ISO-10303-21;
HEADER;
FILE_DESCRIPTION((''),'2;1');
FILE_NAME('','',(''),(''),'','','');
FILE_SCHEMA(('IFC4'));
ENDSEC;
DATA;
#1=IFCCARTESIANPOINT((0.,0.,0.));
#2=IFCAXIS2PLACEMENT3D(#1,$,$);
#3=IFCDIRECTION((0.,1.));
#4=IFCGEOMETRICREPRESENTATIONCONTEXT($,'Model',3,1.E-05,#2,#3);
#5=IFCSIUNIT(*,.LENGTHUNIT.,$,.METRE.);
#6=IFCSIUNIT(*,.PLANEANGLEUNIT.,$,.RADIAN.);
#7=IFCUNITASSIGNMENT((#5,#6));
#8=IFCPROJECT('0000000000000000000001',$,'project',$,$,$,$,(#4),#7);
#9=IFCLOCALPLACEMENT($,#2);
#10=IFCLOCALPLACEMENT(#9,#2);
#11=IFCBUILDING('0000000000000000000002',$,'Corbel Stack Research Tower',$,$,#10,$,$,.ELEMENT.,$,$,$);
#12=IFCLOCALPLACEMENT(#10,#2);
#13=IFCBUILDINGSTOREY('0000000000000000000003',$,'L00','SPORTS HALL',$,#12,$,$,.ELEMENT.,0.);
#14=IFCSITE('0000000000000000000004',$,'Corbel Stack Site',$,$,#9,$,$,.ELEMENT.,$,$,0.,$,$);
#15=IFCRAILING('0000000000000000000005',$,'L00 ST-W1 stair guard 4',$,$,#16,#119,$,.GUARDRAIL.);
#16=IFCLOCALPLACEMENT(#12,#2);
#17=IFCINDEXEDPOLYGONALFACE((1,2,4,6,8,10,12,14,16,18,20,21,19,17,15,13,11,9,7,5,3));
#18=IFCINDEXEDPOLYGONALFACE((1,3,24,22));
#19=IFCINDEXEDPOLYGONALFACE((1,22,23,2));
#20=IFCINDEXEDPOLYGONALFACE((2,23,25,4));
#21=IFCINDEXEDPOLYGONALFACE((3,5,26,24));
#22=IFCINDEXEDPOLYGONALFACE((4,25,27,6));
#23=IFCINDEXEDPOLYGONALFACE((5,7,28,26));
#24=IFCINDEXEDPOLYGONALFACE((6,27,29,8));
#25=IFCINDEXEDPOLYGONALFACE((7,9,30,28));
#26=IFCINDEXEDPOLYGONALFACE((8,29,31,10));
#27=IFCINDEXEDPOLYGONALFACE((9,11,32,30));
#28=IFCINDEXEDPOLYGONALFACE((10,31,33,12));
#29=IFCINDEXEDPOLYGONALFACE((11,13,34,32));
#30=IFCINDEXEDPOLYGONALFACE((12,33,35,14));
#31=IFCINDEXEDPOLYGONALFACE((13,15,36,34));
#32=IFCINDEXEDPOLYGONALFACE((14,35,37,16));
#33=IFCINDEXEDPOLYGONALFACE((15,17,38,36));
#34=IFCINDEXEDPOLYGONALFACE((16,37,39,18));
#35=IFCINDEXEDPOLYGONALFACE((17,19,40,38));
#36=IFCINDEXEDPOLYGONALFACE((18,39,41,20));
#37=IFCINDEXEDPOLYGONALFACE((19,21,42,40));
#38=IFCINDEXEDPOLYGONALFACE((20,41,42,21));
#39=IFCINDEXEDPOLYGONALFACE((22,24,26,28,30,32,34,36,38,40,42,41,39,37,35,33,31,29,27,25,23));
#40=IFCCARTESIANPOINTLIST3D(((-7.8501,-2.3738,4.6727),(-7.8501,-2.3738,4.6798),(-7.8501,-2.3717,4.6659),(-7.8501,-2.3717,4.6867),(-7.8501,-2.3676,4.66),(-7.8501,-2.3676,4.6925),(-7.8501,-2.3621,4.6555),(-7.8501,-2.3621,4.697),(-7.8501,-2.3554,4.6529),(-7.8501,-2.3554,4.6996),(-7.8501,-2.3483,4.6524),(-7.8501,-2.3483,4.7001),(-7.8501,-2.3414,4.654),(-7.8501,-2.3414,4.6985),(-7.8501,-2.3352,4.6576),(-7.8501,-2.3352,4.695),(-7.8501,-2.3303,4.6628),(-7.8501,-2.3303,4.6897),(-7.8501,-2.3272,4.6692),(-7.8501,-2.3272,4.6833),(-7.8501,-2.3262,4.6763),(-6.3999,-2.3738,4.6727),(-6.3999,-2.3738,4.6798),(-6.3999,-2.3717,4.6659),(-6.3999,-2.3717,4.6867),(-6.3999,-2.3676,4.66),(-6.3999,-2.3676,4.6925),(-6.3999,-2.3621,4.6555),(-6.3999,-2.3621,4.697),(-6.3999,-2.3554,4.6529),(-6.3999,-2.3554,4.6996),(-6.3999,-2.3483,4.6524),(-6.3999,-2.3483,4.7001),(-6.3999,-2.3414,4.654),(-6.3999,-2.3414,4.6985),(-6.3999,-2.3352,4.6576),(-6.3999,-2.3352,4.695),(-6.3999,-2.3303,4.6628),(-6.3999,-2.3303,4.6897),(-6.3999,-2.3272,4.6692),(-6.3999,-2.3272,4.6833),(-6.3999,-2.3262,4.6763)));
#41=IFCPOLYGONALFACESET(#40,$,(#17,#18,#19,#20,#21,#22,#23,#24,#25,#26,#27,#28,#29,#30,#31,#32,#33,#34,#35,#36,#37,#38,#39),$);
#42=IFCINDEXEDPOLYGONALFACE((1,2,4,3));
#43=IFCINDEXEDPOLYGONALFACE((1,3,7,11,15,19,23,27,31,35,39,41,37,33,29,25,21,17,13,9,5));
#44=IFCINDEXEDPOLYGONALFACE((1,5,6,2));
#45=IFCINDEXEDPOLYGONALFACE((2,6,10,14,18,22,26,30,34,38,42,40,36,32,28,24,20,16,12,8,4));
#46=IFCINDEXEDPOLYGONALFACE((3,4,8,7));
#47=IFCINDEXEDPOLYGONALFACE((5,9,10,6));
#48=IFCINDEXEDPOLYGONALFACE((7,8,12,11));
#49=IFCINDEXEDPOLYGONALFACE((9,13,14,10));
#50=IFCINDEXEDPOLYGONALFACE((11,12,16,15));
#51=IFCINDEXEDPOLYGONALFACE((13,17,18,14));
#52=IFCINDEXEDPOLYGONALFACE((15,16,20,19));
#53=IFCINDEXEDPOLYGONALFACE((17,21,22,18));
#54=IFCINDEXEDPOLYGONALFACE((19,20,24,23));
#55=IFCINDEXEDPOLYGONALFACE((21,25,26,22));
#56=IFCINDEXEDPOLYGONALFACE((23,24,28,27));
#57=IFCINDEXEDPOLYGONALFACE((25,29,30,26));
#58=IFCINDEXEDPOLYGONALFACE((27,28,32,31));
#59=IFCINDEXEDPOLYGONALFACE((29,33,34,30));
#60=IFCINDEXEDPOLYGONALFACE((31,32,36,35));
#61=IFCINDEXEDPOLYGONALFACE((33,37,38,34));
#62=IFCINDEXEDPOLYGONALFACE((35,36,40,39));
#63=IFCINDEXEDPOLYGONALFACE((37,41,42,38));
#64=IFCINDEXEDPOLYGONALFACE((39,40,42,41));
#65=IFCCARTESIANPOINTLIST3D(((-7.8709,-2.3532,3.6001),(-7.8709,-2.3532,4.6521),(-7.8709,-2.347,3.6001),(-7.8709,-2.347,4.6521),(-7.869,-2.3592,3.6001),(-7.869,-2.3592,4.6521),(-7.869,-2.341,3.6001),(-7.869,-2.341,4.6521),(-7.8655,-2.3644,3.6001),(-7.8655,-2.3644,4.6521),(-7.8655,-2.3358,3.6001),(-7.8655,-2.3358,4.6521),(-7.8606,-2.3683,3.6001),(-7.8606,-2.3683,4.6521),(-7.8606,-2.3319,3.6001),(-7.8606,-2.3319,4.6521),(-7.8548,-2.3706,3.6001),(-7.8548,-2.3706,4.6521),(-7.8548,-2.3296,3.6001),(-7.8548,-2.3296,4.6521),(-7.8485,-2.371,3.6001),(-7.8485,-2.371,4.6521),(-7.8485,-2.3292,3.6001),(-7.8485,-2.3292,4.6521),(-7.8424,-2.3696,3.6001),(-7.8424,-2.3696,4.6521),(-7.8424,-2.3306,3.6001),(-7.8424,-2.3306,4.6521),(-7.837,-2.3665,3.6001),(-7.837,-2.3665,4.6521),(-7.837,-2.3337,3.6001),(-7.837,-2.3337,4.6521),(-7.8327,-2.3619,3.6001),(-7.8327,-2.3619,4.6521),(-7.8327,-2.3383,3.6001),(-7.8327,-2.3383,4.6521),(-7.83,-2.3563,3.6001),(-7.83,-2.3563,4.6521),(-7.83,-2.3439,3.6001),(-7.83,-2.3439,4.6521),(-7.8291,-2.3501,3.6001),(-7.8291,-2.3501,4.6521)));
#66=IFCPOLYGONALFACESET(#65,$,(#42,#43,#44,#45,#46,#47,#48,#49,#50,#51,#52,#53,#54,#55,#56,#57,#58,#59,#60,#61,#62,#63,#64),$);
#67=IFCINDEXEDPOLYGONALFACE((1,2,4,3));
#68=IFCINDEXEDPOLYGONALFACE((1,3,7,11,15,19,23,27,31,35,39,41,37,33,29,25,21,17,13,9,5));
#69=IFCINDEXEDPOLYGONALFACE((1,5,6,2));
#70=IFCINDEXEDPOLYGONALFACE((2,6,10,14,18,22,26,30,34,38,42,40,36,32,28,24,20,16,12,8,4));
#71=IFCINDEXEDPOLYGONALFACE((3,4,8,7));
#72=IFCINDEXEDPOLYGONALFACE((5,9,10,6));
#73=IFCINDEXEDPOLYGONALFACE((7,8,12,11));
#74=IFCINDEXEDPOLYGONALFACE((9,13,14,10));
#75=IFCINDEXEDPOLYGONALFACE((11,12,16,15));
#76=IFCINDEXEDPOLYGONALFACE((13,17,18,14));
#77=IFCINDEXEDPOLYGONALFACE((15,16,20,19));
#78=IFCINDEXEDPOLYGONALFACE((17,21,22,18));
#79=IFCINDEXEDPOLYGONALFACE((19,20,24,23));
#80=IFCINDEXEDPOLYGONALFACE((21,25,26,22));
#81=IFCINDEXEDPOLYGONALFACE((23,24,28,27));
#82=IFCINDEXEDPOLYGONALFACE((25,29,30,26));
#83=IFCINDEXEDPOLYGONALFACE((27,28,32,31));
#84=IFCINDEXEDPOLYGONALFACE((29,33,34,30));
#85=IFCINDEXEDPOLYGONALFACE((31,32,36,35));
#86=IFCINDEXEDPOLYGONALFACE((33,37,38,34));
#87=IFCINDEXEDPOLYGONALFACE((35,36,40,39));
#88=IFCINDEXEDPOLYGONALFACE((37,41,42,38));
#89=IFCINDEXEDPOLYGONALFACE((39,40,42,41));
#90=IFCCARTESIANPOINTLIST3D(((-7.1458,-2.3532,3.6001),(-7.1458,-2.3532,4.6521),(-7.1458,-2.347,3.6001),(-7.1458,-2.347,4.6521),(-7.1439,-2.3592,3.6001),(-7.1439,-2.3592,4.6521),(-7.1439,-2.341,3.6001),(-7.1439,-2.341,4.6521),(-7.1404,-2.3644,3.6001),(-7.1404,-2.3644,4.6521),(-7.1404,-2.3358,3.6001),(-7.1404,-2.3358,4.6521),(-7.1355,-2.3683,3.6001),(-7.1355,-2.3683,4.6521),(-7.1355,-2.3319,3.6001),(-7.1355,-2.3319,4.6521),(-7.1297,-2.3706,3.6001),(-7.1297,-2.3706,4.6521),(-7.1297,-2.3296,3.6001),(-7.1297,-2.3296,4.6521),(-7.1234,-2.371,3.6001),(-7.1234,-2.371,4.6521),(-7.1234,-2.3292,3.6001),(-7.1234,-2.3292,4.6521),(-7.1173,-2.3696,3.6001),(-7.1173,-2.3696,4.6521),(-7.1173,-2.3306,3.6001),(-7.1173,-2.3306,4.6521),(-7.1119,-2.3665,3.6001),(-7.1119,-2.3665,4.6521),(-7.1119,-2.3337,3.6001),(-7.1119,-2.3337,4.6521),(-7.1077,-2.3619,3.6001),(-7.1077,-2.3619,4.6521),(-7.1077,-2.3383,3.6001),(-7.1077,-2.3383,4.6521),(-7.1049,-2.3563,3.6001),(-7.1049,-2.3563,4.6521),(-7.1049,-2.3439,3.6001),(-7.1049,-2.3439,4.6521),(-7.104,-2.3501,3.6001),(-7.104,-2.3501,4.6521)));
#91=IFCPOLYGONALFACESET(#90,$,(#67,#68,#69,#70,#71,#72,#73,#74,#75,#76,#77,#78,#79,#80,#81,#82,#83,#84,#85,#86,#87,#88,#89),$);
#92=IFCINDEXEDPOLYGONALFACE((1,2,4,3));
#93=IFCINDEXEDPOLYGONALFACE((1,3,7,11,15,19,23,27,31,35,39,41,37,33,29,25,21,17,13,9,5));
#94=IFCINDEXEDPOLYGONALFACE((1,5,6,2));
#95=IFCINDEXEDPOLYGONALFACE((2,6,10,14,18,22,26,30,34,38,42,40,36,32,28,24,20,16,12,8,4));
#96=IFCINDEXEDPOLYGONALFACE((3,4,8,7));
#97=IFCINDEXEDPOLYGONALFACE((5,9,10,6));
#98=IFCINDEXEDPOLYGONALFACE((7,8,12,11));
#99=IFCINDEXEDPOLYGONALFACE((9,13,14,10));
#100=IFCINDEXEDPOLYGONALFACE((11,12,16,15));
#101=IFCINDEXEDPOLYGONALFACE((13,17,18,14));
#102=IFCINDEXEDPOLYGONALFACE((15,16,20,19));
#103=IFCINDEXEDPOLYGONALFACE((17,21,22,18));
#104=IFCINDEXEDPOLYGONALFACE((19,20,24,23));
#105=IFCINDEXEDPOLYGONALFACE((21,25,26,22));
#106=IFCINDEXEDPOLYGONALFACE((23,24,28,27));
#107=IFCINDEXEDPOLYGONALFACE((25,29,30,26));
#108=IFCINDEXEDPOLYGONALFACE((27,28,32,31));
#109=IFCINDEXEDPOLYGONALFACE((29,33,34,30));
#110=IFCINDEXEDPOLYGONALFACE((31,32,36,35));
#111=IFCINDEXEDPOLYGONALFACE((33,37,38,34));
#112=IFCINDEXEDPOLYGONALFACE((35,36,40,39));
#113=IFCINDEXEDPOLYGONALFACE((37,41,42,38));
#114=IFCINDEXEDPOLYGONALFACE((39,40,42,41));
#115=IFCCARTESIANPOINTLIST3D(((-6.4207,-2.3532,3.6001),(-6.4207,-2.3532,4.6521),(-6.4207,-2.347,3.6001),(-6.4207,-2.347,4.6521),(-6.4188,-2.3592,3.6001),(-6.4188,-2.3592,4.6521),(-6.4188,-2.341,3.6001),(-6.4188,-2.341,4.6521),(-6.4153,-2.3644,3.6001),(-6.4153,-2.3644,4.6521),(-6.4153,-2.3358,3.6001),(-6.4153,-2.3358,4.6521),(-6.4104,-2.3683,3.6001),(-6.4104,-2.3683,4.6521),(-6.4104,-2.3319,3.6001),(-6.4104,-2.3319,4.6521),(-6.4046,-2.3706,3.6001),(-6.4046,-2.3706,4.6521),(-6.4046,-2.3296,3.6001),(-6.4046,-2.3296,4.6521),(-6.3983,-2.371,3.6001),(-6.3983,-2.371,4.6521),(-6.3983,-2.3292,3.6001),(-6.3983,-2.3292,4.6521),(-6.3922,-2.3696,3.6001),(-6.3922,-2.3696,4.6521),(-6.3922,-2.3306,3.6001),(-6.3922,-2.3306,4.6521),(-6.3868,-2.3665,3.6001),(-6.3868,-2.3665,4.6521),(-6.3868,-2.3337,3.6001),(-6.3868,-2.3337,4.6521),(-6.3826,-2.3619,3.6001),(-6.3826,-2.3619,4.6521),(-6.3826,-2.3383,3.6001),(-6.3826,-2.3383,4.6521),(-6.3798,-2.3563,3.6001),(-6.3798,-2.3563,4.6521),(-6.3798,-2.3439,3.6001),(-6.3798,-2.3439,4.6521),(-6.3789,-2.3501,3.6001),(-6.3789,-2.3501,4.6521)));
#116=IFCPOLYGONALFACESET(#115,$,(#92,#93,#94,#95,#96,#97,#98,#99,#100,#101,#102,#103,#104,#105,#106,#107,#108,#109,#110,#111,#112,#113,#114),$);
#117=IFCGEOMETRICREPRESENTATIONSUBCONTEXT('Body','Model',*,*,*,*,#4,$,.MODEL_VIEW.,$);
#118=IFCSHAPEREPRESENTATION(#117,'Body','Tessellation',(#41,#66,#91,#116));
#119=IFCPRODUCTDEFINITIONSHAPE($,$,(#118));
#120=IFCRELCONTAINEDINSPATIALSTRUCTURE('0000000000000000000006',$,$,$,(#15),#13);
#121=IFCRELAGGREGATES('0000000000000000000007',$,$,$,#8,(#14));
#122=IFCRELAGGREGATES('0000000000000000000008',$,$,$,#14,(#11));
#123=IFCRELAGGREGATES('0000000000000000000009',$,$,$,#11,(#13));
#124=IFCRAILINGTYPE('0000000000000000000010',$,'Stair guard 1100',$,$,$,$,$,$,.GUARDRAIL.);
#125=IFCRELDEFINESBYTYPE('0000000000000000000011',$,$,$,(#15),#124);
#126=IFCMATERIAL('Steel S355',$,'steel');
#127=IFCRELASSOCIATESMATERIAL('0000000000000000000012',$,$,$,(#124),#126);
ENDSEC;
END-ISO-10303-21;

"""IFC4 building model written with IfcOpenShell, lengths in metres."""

from ifc_helpers import new_model, si_unit, direction, frame, origin, origin_2d, place, context, subcontext, project, spatial, circle, extrude, material, type_object, element, save


model = new_model("IFC4")

# Units and contexts
model_context = context("Model", 3, precision=1e-05, world=origin(), true_north=direction((0.0, 1.0)))
body_context = subcontext(model_context, "Body", "Model", "MODEL_VIEW")
ifc_project = project(units=[si_unit("LENGTHUNIT", "METRE"), si_unit("PLANEANGLEUNIT", "RADIAN")], contexts=[model_context])

# Site, building, storey
site_placement = place(None, origin())
site = spatial("IfcSite", under=ifc_project, at=site_placement, Name="Corbel Stack Site", CompositionType="ELEMENT", RefElevation=0.0)
building_placement = place(site_placement, origin())
building = spatial("IfcBuilding", under=site, at=building_placement, Name="Corbel Stack Research Tower", CompositionType="ELEMENT")
storey_placement = place(building_placement, origin())
storey = spatial("IfcBuildingStorey", under=building, at=storey_placement, Name="L00", Description="SPORTS HALL", CompositionType="ELEMENT", Elevation=0.0)

# Railing
ifc_material_1 = material(Name="Steel S355", Category="steel")
railing_type_1 = type_object("IfcRailingType", Name="Stair guard 1100", PredefinedType="GUARDRAIL", material=ifc_material_1)
railing_1_placement = place(storey_placement, frame((-7.8501, -2.3501, 3.6001)))
element("IfcRailing", 1, at=railing_1_placement, inside=storey, type_object=railing_type_1, Name="L00 ST-W1 stair guard 4", PredefinedType="GUARDRAIL", context=body_context, shape_type="SweptSolid", body=[
    extrude(circle(Radius=0.0239, at=origin_2d()), frame((0.0, 0.0, 1.0762), z_axis=(1.0, 0.0, 0.0), x_axis=(0.0, 1.0, 0.0)), (0.0, 0.0, 1.0), 1.4502),
    extrude(circle(Radius=0.021, at=origin_2d()), origin(), (0.0, 0.0, 1.0), 1.052),
    extrude(circle(Radius=0.021, at=origin_2d()), frame((0.7251, 0.0, 0.0)), (0.0, 0.0, 1.0), 1.052),
    extrude(circle(Radius=0.021, at=origin_2d()), frame((1.4502, 0.0, 0.0)), (0.0, 0.0, 1.0), 1.052),
])

save(model, "model.ifc")
